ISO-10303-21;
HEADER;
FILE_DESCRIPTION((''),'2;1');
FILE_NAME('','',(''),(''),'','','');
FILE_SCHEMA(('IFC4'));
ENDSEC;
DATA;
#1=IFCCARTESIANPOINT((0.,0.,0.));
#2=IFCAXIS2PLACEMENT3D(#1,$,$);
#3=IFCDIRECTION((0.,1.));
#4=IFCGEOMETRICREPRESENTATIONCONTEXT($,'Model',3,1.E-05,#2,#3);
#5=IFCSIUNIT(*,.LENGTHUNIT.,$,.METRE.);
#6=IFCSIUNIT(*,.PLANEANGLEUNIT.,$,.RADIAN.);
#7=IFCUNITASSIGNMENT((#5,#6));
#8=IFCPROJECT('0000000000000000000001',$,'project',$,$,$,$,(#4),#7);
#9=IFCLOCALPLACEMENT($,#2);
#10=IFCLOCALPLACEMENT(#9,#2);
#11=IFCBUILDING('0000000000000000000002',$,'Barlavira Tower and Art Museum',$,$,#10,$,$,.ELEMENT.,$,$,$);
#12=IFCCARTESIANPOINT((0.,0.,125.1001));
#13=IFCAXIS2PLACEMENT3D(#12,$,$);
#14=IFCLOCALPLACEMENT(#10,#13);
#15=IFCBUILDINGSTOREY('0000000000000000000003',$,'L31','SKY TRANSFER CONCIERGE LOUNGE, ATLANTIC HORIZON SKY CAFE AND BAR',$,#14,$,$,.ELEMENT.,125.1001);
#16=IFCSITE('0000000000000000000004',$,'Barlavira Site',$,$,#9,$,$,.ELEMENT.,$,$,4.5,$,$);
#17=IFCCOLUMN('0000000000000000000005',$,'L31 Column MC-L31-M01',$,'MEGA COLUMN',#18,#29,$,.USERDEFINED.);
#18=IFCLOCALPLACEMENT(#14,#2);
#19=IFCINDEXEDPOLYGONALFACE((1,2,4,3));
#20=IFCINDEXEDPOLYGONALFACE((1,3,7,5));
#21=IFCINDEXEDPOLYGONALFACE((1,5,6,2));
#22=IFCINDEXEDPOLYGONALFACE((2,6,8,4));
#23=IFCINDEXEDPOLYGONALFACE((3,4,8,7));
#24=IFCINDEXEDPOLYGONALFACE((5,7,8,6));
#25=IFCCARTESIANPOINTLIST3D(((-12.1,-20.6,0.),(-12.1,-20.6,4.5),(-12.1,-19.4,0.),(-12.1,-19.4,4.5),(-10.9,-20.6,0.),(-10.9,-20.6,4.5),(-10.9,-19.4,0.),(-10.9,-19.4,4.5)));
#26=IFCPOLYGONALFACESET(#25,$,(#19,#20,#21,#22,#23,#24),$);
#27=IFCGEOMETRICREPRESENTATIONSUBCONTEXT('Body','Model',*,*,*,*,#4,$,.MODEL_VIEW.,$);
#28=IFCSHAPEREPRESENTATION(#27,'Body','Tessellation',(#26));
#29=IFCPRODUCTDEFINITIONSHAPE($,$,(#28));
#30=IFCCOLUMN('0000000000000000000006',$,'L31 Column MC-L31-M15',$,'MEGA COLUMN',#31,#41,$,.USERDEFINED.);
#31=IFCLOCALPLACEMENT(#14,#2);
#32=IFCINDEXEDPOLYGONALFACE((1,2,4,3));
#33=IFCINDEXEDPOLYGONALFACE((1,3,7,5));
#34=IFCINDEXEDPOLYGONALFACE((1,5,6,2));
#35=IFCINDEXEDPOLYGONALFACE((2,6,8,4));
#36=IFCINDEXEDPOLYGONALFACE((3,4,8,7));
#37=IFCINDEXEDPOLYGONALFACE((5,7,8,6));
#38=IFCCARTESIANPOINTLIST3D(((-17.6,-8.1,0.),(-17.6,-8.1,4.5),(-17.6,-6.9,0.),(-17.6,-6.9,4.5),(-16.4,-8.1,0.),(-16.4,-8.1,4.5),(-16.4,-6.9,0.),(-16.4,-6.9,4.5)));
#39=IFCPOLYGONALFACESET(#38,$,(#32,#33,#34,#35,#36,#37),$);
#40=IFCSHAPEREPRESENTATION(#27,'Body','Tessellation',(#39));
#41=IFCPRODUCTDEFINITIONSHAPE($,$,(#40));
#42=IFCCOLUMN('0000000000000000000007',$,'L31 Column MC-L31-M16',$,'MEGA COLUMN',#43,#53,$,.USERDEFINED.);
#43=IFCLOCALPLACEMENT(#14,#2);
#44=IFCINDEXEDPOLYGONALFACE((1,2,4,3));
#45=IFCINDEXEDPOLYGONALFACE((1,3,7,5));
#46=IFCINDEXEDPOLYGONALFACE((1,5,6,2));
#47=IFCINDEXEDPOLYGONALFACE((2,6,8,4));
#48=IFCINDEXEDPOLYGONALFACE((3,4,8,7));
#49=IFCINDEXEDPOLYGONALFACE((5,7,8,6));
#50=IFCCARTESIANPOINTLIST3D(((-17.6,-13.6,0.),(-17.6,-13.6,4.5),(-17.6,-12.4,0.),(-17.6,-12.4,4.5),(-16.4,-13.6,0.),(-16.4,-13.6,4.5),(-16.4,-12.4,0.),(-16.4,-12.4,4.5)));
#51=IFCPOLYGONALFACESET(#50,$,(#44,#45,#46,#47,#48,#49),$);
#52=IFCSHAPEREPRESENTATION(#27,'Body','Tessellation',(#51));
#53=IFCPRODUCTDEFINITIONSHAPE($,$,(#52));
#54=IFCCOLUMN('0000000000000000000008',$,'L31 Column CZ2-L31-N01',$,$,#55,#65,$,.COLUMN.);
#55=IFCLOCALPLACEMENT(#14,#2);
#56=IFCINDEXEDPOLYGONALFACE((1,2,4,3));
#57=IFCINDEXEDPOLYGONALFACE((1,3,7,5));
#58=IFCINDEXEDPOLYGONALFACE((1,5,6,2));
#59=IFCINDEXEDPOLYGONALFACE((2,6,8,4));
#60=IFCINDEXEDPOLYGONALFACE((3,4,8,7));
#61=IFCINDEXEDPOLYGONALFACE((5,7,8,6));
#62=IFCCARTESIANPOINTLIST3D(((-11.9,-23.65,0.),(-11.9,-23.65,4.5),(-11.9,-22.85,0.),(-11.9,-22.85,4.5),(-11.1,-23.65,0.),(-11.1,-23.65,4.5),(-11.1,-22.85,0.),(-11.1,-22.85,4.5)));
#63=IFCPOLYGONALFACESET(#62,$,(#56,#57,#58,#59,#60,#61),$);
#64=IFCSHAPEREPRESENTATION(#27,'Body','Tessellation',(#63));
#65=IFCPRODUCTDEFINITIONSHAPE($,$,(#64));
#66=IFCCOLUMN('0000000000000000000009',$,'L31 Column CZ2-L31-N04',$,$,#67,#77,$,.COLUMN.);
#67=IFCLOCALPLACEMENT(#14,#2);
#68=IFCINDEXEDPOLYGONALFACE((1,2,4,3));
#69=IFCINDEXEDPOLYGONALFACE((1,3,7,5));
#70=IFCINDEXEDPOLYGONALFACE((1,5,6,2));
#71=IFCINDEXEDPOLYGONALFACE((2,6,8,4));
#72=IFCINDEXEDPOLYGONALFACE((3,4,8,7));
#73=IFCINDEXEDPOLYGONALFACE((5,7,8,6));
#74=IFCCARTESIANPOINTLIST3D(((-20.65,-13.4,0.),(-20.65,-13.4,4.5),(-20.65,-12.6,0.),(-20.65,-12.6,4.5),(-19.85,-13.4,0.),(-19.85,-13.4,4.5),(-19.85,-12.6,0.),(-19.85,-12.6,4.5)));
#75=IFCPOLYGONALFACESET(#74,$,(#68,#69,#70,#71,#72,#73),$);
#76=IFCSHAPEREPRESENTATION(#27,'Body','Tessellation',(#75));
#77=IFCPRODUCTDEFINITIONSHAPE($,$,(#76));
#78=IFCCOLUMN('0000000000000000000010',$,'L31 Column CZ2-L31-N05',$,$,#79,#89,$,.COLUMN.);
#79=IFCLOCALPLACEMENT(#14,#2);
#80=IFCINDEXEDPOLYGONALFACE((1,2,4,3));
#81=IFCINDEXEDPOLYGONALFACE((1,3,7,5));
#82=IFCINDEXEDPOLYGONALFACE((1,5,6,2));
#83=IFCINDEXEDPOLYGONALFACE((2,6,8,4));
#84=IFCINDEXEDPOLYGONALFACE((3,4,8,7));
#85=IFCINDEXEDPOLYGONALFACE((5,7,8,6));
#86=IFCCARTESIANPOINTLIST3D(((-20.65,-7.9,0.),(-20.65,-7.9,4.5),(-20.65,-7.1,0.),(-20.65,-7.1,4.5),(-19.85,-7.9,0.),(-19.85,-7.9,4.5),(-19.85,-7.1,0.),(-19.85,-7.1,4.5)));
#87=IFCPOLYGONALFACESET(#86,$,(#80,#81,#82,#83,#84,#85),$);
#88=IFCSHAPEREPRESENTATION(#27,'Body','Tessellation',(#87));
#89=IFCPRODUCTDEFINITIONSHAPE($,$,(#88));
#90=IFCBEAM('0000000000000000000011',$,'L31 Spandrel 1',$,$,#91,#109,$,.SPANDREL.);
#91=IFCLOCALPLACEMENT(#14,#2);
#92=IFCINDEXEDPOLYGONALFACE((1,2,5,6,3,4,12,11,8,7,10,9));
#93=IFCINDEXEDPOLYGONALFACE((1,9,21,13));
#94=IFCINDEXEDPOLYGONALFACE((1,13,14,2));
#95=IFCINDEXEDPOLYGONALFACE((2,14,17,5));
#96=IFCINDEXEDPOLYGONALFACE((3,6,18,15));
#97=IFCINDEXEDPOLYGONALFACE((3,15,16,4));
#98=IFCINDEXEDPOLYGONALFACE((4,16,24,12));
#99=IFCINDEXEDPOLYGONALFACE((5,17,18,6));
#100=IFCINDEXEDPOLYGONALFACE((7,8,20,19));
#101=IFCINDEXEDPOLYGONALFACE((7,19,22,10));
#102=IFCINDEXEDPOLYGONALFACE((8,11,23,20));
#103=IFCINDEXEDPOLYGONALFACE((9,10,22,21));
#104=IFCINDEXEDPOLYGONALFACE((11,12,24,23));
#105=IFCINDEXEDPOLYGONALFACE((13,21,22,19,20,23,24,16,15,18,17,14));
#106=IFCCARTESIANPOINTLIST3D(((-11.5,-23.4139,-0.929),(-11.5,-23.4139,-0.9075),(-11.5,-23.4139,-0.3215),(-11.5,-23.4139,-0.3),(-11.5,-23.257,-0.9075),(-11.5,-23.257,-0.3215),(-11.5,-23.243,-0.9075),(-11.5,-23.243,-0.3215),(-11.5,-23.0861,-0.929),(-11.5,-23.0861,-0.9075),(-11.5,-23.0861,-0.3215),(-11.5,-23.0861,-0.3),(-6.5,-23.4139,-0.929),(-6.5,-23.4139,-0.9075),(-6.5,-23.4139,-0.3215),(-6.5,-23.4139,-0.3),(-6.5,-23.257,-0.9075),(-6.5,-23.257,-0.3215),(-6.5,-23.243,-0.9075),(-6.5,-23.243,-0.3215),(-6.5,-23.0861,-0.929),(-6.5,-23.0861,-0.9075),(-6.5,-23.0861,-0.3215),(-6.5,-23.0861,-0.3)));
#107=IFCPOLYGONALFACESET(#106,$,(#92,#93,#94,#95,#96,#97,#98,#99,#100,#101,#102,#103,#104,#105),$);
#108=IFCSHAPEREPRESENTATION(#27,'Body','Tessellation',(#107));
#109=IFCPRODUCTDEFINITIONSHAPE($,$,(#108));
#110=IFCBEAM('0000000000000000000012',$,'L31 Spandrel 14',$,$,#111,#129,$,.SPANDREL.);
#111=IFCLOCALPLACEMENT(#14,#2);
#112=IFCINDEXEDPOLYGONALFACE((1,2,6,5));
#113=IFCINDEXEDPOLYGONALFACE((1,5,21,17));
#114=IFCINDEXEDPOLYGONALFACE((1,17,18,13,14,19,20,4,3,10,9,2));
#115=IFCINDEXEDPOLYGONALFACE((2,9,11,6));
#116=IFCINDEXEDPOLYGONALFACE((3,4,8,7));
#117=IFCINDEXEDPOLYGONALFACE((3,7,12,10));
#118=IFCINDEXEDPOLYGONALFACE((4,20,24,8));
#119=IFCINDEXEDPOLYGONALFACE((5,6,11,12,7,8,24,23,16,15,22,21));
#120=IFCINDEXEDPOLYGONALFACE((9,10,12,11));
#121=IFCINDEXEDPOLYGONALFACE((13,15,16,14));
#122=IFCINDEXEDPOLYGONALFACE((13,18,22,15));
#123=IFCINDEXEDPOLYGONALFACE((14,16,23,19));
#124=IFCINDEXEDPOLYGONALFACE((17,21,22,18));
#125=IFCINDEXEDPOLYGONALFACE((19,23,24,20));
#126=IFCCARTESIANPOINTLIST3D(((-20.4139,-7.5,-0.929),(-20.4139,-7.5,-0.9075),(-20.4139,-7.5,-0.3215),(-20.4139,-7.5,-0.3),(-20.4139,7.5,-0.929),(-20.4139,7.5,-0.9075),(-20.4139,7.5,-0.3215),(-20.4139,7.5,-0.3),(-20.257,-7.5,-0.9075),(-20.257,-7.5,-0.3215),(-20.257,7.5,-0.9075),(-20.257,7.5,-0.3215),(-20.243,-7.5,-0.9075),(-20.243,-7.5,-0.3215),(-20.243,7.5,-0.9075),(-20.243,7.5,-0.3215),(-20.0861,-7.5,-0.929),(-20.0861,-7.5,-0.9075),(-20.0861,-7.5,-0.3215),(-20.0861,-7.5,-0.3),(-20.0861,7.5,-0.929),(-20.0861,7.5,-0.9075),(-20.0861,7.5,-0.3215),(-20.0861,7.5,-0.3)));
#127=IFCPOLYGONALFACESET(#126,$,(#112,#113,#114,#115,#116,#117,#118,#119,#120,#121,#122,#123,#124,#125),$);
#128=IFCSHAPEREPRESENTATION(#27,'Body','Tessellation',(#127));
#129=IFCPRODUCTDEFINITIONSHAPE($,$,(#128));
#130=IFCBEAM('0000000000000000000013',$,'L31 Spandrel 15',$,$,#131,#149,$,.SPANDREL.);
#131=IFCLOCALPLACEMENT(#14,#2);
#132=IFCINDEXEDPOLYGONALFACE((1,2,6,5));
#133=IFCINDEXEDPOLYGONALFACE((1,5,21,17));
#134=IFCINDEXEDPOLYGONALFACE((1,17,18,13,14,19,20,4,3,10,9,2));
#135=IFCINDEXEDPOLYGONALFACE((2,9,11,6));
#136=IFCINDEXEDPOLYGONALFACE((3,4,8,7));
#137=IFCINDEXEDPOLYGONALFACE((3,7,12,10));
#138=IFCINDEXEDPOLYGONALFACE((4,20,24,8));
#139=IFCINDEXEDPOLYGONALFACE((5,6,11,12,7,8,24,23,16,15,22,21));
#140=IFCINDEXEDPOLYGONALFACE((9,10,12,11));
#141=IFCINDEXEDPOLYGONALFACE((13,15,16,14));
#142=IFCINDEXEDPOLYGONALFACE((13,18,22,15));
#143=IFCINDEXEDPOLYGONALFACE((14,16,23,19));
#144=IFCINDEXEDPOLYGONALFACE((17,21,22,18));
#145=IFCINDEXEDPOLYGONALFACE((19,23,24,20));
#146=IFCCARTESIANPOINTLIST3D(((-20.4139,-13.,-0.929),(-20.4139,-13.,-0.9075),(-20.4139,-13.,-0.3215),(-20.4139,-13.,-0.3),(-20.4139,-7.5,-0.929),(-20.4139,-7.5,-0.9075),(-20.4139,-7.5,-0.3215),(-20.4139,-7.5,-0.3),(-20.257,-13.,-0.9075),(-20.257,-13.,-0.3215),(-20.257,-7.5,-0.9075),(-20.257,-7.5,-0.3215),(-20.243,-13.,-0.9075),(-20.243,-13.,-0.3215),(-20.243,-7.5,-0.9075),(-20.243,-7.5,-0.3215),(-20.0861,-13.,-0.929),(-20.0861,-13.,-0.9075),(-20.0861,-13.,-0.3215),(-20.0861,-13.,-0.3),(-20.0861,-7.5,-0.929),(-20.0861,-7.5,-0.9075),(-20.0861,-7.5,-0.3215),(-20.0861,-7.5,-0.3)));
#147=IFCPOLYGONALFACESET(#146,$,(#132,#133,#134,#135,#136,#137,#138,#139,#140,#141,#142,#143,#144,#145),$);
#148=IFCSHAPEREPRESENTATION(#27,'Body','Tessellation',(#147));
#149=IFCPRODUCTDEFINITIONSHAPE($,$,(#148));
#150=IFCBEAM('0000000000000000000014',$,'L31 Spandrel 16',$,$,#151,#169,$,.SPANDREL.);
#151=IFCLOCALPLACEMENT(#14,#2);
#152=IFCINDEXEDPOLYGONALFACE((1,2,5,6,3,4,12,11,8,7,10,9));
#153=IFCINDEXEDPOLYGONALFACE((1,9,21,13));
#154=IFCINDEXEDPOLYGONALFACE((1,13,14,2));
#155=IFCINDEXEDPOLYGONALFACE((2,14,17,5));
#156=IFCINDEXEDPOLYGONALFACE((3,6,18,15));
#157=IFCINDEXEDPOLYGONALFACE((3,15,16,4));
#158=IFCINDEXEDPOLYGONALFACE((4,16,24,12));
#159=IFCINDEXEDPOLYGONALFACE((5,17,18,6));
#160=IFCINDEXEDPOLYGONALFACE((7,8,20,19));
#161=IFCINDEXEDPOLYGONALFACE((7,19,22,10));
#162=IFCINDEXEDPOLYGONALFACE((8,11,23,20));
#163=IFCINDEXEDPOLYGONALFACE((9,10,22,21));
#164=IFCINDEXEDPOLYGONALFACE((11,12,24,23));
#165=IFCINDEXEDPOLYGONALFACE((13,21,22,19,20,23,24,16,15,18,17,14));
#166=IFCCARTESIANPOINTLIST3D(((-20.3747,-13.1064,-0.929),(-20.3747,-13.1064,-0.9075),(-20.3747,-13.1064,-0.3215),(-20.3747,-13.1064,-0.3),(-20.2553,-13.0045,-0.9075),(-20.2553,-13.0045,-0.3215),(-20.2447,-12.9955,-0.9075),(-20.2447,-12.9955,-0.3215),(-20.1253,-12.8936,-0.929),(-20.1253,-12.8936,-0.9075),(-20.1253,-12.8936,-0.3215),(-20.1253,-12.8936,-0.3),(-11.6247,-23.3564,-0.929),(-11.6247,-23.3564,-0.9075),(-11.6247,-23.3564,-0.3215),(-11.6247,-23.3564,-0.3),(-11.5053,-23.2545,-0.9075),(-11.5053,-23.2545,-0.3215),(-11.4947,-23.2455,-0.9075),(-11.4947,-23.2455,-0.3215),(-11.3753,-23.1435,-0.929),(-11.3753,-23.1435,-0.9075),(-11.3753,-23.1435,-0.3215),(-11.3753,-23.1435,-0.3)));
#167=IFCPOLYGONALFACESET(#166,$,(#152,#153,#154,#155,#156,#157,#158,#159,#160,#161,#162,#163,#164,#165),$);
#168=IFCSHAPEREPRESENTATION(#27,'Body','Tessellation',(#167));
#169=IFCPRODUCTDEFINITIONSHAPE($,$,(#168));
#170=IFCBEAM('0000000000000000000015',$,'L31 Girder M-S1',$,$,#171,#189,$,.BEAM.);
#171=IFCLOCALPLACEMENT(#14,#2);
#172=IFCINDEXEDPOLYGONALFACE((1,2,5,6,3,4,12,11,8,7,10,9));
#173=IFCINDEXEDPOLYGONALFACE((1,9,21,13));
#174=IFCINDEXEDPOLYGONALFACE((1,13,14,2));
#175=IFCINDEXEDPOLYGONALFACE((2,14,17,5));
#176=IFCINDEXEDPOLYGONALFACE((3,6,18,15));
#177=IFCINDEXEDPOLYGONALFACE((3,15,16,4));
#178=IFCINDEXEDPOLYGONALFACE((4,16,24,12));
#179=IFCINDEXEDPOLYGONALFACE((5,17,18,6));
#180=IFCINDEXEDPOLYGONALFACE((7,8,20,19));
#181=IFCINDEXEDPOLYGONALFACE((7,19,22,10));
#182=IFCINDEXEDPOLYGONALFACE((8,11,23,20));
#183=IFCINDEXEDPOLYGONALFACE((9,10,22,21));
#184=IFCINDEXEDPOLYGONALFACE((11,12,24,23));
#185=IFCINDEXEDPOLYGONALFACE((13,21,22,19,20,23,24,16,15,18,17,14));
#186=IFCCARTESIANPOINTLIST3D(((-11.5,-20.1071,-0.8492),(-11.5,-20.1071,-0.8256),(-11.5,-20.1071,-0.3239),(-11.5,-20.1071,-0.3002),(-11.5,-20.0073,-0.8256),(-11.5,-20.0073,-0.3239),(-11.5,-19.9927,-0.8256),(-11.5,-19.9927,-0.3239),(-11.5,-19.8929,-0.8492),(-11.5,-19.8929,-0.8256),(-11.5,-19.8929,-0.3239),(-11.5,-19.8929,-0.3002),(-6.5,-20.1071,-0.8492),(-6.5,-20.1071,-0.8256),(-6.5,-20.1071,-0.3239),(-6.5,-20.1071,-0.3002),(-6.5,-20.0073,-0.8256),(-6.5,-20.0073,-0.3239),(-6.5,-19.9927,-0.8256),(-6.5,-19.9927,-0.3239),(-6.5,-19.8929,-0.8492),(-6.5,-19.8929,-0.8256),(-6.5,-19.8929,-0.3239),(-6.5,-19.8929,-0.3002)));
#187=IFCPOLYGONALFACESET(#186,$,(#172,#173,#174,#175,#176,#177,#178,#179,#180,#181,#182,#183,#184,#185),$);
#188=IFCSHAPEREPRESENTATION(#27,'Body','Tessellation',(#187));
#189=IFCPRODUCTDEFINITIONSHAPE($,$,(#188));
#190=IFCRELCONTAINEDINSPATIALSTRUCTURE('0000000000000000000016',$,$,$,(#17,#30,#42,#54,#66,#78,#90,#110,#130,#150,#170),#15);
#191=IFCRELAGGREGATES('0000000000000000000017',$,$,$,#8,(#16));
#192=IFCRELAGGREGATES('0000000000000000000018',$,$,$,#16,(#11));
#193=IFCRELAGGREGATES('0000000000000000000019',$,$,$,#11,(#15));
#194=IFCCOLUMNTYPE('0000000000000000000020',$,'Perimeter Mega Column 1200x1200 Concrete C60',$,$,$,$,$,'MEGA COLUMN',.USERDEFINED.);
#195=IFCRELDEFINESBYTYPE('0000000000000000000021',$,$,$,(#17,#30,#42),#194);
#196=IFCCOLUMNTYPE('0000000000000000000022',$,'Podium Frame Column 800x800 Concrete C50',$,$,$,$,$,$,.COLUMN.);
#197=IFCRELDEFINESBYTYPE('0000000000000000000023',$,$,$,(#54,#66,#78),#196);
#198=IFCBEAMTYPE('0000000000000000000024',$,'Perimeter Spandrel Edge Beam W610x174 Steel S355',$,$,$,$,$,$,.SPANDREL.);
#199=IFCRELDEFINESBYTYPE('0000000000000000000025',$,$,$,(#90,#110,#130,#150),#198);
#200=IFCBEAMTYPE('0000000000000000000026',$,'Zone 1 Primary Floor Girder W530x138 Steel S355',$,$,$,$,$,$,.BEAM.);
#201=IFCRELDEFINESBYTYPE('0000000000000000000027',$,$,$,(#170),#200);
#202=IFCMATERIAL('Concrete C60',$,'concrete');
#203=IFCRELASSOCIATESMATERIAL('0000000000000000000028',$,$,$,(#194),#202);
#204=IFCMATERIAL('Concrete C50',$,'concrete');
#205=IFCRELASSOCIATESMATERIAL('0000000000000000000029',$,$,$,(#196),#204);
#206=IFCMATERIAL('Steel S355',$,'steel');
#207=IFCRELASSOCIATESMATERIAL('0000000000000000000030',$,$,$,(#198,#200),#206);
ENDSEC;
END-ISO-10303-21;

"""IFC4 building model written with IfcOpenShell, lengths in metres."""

from ifc_helpers import new_model, si_unit, direction, frame, origin, origin_2d, place, context, subcontext, project, spatial, rectangle, i_section, extrude, material, material_profile, profile_set, type_object, element, save


model = new_model("IFC4")

# Units and contexts
model_context = context("Model", 3, precision=1e-05, world=origin(), true_north=direction((0.0, 1.0)))
body_context = subcontext(model_context, "Body", "Model", "MODEL_VIEW")
ifc_project = project(units=[si_unit("LENGTHUNIT", "METRE"), si_unit("PLANEANGLEUNIT", "RADIAN")], contexts=[model_context])

# Site, building, storey
site_placement = place(None, origin())
site = spatial("IfcSite", under=ifc_project, at=site_placement, Name="Barlavira Site", CompositionType="ELEMENT", RefElevation=4.5)
building_placement = place(site_placement, origin())
building = spatial("IfcBuilding", under=site, at=building_placement, Name="Barlavira Tower and Art Museum", CompositionType="ELEMENT")
storey_placement = place(building_placement, frame((0.0, 0.0, 125.1001)))
storey = spatial("IfcBuildingStorey", under=building, at=storey_placement, Name="L31", Description="SKY TRANSFER CONCIERGE LOUNGE, ATLANTIC HORIZON SKY CAFE AND BAR", CompositionType="ELEMENT", Elevation=125.1001)

# Columns
ifc_material_1 = material(Name="Concrete C60", Category="concrete")
ifc_material_profile_1 = material_profile(ifc_material_1, rectangle(XDim=1.2, YDim=1.2, at=origin_2d()), Name="RC-COL 1200x1200")
ifc_profile_set_1 = profile_set([ifc_material_profile_1], Name="Concrete C60")
column_type_1 = type_object("IfcColumnType", Name="Perimeter Mega Column 1200x1200 Concrete C60", ElementType="MEGA COLUMN", PredefinedType="USERDEFINED", material=ifc_profile_set_1)
for number, where, z_axis, x_axis, name in (
    (1, (-11.5, -20.0, 0.0), (0.0, 0.0, 1.0), (1.0, 0.0, 0.0), "L31 Column MC-L31-M01"),
    (2, (-17.0, -7.5, 0.0), (0.0, 0.0, 1.0), (1.0, 0.0, 0.0), "L31 Column MC-L31-M15"),
    (3, (-17.0, -13.0, 0.0), (0.0, 0.0, 1.0), (1.0, 0.0, 0.0), "L31 Column MC-L31-M16"),
):
    element("IfcColumn", number, at=place(storey_placement, frame(where, z_axis=z_axis, x_axis=x_axis)), inside=storey, type_object=column_type_1, Name=name, ObjectType="MEGA COLUMN", PredefinedType="USERDEFINED", context=body_context, shape_type="SweptSolid", body=[
        extrude(rectangle(XDim=1.2, YDim=1.2, at=origin_2d()), origin(), (0.0, 0.0, 1.0), 4.5),
    ])
ifc_material_2 = material(Name="Concrete C50", Category="concrete")
ifc_material_profile_2 = material_profile(ifc_material_2, rectangle(XDim=0.8, YDim=0.8, at=origin_2d()), Name="RC-COL 800x800")
ifc_profile_set_2 = profile_set([ifc_material_profile_2], Name="Concrete C50")
column_type_2 = type_object("IfcColumnType", Name="Podium Frame Column 800x800 Concrete C50", PredefinedType="COLUMN", material=ifc_profile_set_2)
for number, where, z_axis, x_axis, name in (
    (4, (-11.5, -23.25, 0.0), (0.0, 0.0, 1.0), (1.0, 0.0, 0.0), "L31 Column CZ2-L31-N01"),
    (5, (-20.25, -13.0, 0.0), (0.0, 0.0, 1.0), (1.0, 0.0, 0.0), "L31 Column CZ2-L31-N04"),
    (6, (-20.25, -7.5, 0.0), (0.0, 0.0, 1.0), (1.0, 0.0, 0.0), "L31 Column CZ2-L31-N05"),
):
    element("IfcColumn", number, at=place(storey_placement, frame(where, z_axis=z_axis, x_axis=x_axis)), inside=storey, type_object=column_type_2, Name=name, PredefinedType="COLUMN", context=body_context, shape_type="SweptSolid", body=[
        extrude(rectangle(XDim=0.8, YDim=0.8, at=origin_2d()), origin(), (0.0, 0.0, 1.0), 4.5),
    ])

# Beams
ifc_material_3 = material(Name="Steel S355", Category="steel")
ifc_material_profile_3 = material_profile(ifc_material_3, i_section(OverallWidth=0.3279, OverallDepth=0.6289, WebThickness=0.0139, FlangeThickness=0.0215, at=origin_2d()), Name="W610x174.0")
ifc_profile_set_3 = profile_set([ifc_material_profile_3], Name="Steel S355")
beam_type_1 = type_object("IfcBeamType", Name="Perimeter Spandrel Edge Beam W610x174 Steel S355", PredefinedType="SPANDREL", material=ifc_profile_set_3)
beam_1_placement = place(storey_placement, frame((-11.5, -23.25, -0.6145), z_axis=(1.0, 0.0, 0.0), x_axis=(0.0, 1.0, 0.0)))
element("IfcBeam", 7, at=beam_1_placement, inside=storey, type_object=beam_type_1, Name="L31 Spandrel 1", PredefinedType="SPANDREL", context=body_context, shape_type="SweptSolid", body=[
    extrude(i_section(OverallWidth=0.3279, OverallDepth=0.6289, WebThickness=0.0139, FlangeThickness=0.0215, at=origin_2d()), origin(), (0.0, 0.0, 1.0), 5.0),
])
beam_2_placement = place(storey_placement, frame((-20.25, -7.5, -0.6145), z_axis=(0.0, 1.0, 0.0), x_axis=(-1.0, 0.0, 0.0)))
element("IfcBeam", 8, at=beam_2_placement, inside=storey, type_object=beam_type_1, Name="L31 Spandrel 14", PredefinedType="SPANDREL", context=body_context, shape_type="SweptSolid", body=[
    extrude(i_section(OverallWidth=0.3279, OverallDepth=0.6289, WebThickness=0.0139, FlangeThickness=0.0215, at=origin_2d()), origin(), (0.0, 0.0, 1.0), 15.0),
])
beam_3_placement = place(storey_placement, frame((-20.25, -13.0, -0.6145), z_axis=(0.0, 1.0, 0.0), x_axis=(-1.0, 0.0, 0.0)))
element("IfcBeam", 9, at=beam_3_placement, inside=storey, type_object=beam_type_1, Name="L31 Spandrel 15", PredefinedType="SPANDREL", context=body_context, shape_type="SweptSolid", body=[
    extrude(i_section(OverallWidth=0.3279, OverallDepth=0.6289, WebThickness=0.0139, FlangeThickness=0.0215, at=origin_2d()), origin(), (0.0, 0.0, 1.0), 5.5),
])
beam_4_placement = place(storey_placement, frame((-20.25, -13.0, -0.6145), z_axis=(0.649262, -0.760565, 0.0), x_axis=(0.760565, 0.649262, 0.0)))
element("IfcBeam", 10, at=beam_4_placement, inside=storey, type_object=beam_type_1, Name="L31 Spandrel 16", PredefinedType="SPANDREL", context=body_context, shape_type="SweptSolid", body=[
    extrude(i_section(OverallWidth=0.3279, OverallDepth=0.6289, WebThickness=0.0139, FlangeThickness=0.0215, at=origin_2d()), origin(), (0.0, 0.0, 1.0), 13.4768),
])
ifc_material_profile_4 = material_profile(ifc_material_3, i_section(OverallWidth=0.2141, OverallDepth=0.5491, WebThickness=0.0146, FlangeThickness=0.0237, at=origin_2d()), Name="W530x138.0")
ifc_profile_set_4 = profile_set([ifc_material_profile_4], Name="Steel S355")
beam_type_2 = type_object("IfcBeamType", Name="Zone 1 Primary Floor Girder W530x138 Steel S355", PredefinedType="BEAM", material=ifc_profile_set_4)
beam_5_placement = place(storey_placement, frame((-11.5, -20.0, -0.5747), z_axis=(1.0, 0.0, 0.0), x_axis=(0.0, 1.0, 0.0)))
element("IfcBeam", 11, at=beam_5_placement, inside=storey, type_object=beam_type_2, Name="L31 Girder M-S1", PredefinedType="BEAM", context=body_context, shape_type="SweptSolid", body=[
    extrude(i_section(OverallWidth=0.2141, OverallDepth=0.5491, WebThickness=0.0146, FlangeThickness=0.0237, at=origin_2d()), origin(), (0.0, 0.0, 1.0), 5.0),
])

save(model, "model.ifc")
